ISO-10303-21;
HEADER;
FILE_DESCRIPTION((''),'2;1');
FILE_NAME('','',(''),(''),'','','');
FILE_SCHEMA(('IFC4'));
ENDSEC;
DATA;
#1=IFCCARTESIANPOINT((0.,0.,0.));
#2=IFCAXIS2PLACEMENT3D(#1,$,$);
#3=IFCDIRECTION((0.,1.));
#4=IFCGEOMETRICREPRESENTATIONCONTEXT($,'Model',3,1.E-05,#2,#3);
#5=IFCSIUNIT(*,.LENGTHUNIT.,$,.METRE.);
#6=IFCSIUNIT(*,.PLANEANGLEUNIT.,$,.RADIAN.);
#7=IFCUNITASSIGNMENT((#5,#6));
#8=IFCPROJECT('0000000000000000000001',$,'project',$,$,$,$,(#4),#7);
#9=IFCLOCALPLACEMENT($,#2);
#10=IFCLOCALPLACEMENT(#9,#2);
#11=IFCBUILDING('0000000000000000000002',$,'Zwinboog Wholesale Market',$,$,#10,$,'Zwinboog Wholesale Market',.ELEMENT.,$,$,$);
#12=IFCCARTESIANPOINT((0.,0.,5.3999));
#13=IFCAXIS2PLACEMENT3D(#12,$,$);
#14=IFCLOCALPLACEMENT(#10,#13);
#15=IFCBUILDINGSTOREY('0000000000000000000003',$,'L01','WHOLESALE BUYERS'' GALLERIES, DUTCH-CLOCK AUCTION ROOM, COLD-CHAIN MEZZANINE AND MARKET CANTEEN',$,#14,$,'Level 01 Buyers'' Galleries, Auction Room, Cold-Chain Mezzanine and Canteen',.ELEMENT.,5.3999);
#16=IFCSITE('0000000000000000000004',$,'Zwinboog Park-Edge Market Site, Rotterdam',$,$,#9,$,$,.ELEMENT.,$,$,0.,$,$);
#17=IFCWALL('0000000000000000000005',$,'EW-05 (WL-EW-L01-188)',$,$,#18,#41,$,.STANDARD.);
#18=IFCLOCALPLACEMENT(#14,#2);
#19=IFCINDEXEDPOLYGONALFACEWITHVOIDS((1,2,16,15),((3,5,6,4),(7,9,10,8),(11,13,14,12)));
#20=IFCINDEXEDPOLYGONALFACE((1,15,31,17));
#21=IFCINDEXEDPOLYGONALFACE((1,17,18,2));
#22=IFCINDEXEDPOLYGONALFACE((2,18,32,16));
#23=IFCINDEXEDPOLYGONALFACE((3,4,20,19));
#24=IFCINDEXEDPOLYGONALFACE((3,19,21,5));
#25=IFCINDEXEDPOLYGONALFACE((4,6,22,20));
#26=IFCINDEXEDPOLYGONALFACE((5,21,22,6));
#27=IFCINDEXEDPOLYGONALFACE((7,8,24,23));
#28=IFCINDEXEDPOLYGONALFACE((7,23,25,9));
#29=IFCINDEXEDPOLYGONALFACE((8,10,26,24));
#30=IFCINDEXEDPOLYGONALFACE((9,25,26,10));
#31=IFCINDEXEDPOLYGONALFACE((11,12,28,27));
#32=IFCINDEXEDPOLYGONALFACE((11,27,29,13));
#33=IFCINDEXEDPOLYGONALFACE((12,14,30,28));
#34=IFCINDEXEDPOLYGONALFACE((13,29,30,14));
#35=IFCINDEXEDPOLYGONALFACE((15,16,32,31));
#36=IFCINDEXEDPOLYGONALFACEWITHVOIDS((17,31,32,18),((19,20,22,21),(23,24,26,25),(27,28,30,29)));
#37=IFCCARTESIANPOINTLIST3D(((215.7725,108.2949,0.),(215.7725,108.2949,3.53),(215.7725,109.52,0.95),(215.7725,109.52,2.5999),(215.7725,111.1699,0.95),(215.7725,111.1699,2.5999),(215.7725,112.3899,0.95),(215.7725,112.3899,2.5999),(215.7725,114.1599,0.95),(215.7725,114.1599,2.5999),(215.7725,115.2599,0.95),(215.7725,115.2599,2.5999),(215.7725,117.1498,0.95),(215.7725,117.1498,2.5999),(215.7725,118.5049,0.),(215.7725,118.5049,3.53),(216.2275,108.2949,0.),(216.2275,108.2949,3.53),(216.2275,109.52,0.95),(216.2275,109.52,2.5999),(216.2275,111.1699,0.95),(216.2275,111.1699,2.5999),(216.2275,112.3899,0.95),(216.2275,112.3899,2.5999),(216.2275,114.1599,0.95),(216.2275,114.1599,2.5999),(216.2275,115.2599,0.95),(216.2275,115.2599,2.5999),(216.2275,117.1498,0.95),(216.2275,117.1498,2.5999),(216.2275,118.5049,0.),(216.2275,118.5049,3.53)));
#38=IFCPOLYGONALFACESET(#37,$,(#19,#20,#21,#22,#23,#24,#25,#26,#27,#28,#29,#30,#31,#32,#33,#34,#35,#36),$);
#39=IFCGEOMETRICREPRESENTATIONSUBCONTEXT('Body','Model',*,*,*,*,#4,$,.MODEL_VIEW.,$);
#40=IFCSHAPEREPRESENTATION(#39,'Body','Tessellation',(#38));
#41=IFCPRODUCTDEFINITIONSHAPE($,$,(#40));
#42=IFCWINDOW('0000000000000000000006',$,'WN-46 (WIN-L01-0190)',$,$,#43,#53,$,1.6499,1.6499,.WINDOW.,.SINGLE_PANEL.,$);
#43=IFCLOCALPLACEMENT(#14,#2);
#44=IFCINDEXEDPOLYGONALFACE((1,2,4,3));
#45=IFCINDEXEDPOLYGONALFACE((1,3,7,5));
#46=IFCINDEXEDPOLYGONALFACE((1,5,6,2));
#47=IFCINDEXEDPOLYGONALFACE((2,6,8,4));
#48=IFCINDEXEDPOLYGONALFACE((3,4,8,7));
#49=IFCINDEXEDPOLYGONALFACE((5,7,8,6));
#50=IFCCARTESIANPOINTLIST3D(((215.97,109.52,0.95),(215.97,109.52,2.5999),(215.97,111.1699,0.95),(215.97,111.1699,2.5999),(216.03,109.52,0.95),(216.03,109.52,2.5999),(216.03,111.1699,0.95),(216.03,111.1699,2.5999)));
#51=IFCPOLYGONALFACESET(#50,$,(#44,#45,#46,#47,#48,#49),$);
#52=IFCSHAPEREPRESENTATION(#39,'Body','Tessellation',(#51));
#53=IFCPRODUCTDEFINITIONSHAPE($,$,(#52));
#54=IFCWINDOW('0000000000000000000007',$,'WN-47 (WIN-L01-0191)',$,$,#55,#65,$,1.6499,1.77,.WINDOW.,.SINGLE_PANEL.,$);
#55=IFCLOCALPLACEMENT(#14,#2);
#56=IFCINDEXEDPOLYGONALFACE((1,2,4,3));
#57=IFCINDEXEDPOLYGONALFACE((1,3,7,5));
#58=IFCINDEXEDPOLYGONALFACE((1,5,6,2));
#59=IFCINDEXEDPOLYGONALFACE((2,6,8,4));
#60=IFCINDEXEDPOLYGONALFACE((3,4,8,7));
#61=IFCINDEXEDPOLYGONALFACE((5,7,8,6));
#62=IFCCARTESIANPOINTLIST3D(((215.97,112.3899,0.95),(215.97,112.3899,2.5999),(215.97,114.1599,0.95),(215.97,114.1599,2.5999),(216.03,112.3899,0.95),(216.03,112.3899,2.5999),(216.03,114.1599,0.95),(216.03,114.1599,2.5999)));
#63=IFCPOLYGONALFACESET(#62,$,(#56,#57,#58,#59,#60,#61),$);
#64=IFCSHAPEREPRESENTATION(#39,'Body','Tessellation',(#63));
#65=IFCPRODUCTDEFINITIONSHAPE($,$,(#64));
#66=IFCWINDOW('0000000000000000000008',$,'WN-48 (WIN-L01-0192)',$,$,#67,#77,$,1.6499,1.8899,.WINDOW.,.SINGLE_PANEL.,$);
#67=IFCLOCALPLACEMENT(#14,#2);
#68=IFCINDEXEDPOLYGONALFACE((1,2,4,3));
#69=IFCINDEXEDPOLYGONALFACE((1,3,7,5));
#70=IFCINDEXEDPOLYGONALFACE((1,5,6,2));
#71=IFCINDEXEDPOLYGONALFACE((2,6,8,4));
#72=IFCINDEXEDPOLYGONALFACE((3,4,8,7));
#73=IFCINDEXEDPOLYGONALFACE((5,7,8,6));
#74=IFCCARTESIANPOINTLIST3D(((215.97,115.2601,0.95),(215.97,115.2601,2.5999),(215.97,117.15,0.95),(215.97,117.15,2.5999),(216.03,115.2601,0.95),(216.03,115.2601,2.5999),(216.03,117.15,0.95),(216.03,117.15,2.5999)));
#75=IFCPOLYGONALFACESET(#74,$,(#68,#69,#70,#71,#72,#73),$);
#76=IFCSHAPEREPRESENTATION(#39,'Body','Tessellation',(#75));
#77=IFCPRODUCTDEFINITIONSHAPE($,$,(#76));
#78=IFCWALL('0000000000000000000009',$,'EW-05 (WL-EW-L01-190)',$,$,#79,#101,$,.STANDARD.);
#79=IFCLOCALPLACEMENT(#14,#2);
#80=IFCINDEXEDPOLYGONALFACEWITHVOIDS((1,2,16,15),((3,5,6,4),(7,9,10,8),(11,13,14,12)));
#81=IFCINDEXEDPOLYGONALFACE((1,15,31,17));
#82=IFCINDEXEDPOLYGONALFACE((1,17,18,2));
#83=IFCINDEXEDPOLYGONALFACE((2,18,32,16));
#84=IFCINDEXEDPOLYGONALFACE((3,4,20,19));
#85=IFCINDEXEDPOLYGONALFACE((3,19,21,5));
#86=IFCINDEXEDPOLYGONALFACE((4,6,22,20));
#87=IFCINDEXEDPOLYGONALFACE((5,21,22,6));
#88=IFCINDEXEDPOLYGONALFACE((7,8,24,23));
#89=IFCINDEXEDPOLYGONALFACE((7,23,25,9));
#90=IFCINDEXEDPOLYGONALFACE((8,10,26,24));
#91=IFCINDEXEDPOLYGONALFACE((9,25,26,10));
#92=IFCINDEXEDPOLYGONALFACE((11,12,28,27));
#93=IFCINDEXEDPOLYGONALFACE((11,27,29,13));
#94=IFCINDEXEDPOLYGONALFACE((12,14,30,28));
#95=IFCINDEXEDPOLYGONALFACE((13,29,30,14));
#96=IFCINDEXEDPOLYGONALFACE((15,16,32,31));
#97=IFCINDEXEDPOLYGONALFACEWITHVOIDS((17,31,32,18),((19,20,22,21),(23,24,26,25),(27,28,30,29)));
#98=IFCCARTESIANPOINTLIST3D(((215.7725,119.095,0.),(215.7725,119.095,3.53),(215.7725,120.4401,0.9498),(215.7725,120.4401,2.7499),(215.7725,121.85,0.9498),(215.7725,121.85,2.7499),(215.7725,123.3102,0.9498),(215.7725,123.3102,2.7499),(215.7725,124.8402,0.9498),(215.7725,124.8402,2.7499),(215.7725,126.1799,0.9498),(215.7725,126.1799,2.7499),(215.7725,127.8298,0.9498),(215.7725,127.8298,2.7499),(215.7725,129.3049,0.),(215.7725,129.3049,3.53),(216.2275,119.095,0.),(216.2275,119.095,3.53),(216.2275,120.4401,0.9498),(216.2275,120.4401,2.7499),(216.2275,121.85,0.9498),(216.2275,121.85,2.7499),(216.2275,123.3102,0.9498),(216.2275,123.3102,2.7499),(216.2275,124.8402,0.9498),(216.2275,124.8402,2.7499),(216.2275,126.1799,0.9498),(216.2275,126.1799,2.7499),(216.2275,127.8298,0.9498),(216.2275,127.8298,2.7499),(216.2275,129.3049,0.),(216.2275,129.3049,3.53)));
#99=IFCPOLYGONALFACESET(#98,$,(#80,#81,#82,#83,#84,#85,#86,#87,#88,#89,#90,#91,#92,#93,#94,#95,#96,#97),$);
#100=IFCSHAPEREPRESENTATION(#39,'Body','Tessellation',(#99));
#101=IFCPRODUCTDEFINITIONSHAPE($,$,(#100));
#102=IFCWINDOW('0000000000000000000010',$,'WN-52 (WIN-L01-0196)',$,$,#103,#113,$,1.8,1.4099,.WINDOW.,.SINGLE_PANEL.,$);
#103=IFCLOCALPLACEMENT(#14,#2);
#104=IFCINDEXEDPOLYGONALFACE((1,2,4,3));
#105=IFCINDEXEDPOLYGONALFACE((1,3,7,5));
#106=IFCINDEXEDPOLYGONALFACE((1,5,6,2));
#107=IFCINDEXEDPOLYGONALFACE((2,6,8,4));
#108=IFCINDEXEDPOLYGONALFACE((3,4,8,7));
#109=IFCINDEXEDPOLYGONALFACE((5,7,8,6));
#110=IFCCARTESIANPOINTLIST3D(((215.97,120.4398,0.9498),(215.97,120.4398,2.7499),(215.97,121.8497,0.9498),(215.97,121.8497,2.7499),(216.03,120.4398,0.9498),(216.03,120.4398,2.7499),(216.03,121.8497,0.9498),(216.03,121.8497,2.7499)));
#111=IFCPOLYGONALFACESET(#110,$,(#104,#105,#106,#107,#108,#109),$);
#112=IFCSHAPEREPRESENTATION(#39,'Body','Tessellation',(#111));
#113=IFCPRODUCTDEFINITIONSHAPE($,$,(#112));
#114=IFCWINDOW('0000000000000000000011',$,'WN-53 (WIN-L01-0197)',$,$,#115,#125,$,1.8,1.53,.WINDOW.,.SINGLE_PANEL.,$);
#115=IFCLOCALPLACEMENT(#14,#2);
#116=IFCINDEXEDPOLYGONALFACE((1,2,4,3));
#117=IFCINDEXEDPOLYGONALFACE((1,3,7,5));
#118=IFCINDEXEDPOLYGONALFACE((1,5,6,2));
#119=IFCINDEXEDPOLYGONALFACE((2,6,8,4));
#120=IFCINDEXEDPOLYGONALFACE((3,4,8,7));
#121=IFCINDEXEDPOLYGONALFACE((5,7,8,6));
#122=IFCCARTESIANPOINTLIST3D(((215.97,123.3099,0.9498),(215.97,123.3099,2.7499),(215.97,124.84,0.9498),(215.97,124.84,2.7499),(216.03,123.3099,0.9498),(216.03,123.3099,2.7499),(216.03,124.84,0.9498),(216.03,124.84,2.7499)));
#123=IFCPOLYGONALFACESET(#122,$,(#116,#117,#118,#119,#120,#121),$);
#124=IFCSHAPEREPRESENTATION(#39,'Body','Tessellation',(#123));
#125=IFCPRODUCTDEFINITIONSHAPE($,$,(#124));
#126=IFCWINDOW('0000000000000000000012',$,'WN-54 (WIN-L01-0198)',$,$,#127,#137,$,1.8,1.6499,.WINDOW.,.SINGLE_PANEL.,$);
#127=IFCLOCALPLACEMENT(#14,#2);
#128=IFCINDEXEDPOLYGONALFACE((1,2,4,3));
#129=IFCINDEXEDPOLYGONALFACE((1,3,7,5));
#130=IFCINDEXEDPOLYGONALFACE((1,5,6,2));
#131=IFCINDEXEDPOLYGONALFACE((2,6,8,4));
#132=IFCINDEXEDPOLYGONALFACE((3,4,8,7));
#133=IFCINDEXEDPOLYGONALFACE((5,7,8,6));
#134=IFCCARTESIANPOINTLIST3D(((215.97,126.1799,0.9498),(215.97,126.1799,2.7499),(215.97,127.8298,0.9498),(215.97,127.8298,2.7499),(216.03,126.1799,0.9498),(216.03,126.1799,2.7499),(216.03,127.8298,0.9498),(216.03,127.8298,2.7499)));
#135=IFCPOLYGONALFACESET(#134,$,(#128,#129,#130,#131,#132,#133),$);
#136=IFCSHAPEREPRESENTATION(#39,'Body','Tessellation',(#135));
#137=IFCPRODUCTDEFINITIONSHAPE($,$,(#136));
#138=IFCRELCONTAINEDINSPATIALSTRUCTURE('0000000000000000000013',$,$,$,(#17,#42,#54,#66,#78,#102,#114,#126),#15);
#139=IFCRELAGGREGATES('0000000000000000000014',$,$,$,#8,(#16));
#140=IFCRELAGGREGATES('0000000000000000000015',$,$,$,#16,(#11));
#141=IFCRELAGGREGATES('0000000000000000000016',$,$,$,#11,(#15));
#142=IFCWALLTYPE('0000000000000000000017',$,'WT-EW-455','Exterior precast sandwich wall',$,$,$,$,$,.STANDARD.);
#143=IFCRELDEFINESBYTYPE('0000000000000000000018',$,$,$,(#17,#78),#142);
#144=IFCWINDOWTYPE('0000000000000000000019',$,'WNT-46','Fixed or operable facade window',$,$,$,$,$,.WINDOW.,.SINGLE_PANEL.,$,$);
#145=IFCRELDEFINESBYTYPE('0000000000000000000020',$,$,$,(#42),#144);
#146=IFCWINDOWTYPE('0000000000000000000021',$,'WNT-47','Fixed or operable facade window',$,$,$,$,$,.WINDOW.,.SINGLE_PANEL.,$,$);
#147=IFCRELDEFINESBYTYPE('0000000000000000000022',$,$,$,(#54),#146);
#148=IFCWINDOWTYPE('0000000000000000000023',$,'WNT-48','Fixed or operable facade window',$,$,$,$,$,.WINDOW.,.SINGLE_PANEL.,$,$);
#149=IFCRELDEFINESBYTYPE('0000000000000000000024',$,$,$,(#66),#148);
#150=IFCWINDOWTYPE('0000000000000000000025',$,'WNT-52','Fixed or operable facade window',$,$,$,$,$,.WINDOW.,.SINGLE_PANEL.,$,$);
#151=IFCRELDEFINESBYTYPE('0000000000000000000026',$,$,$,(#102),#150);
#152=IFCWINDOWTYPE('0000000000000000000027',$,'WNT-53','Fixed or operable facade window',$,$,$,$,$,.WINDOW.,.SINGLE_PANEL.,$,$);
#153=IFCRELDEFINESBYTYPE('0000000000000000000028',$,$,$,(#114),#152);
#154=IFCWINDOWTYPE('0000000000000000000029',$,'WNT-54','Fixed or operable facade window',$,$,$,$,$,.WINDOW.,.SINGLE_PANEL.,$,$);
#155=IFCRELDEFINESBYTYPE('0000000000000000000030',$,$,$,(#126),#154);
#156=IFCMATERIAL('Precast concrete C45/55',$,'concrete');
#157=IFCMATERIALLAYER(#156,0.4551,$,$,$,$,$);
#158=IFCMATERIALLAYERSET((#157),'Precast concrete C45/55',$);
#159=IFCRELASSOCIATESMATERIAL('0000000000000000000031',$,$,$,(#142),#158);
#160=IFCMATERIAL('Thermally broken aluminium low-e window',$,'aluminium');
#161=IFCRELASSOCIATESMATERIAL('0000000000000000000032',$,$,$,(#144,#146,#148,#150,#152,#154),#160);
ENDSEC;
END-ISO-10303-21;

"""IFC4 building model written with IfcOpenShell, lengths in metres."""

from ifc_helpers import new_model, si_unit, direction, frame, frame_2d, origin, place, context, subcontext, project, spatial, rectangle, extrude, material, layer, layer_set, type_object, element, fill, save


model = new_model("IFC4")

# Units and contexts
model_context = context("Model", 3, precision=1e-05, world=origin(), true_north=direction((0.0, 1.0)))
body_context = subcontext(model_context, "Body", "Model", "MODEL_VIEW")
ifc_project = project(units=[si_unit("LENGTHUNIT", "METRE"), si_unit("PLANEANGLEUNIT", "RADIAN")], contexts=[model_context])

# Site, building, storey
site_placement = place(None, origin())
site = spatial("IfcSite", under=ifc_project, at=site_placement, Name="Zwinboog Park-Edge Market Site, Rotterdam", CompositionType="ELEMENT", RefElevation=0.0)
building_placement = place(site_placement, origin())
building = spatial("IfcBuilding", under=site, at=building_placement, Name="Zwinboog Wholesale Market", LongName="Zwinboog Wholesale Market", CompositionType="ELEMENT")
storey_placement = place(building_placement, frame((0.0, 0.0, 5.3999)))
storey = spatial("IfcBuildingStorey", under=building, at=storey_placement, Name="L01", Description="WHOLESALE BUYERS' GALLERIES, DUTCH-CLOCK AUCTION ROOM, COLD-CHAIN MEZZANINE AND MARKET CANTEEN", LongName="Level 01 Buyers' Galleries, Auction Room, Cold-Chain Mezzanine and Canteen", CompositionType="ELEMENT", Elevation=5.3999)

# Shared definitions
ifc_material_1 = material(Name="Precast concrete C45/55", Category="concrete")

# Walls, openings, windows
ifc_layer_1 = layer(ifc_material_1, 0.4551)
ifc_layer_set_1 = layer_set([ifc_layer_1], Name="Precast concrete C45/55")
wall_type_1 = type_object("IfcWallType", Name="WT-EW-455", Description="Exterior precast sandwich wall", PredefinedType="STANDARD", material=ifc_layer_set_1)
wall_1_placement = place(storey_placement, frame((216.0, 108.2949, 0.0), z_axis=(0.0, 0.0, 1.0), x_axis=(0.0, 1.0, 0.0)))
wall_1 = element("IfcWall", 1, at=wall_1_placement, inside=storey, type_object=wall_type_1, Name="EW-05 (WL-EW-L01-188)", PredefinedType="STANDARD", context=body_context, shape_type="SweptSolid", body=[
    extrude(rectangle(XDim=10.21, YDim=0.4551, at=frame_2d((5.105, 0.0))), origin(), (0.0, 0.0, 1.0), 3.53),
])
opening_1_placement = place(wall_1_placement, frame((1.2251, 0.0, 0.95)))
opening_1 = element("IfcOpeningElement", 2, at=opening_1_placement, cuts=wall_1, PredefinedType="OPENING", context=body_context, shape_type="SweptSolid", body=[
    extrude(rectangle(XDim=1.6499, YDim=1.6499, at=frame_2d((0.825, 0.825))), frame((0.0, 0.2375, 0.0), z_axis=(0.0, -1.0, 0.0), x_axis=(1.0, 0.0, 0.0)), (0.0, 0.0, 1.0), 0.4751),
])
opening_2_placement = place(wall_1_placement, frame((4.095, 0.0, 0.95)))
opening_2 = element("IfcOpeningElement", 3, at=opening_2_placement, cuts=wall_1, PredefinedType="OPENING", context=body_context, shape_type="SweptSolid", body=[
    extrude(rectangle(XDim=1.77, YDim=1.6499, at=frame_2d((0.885, 0.825))), frame((0.0, 0.2375, 0.0), z_axis=(0.0, -1.0, 0.0), x_axis=(1.0, 0.0, 0.0)), (0.0, 0.0, 1.0), 0.4751),
])
opening_3_placement = place(wall_1_placement, frame((6.9651, 0.0, 0.95)))
opening_3 = element("IfcOpeningElement", 4, at=opening_3_placement, cuts=wall_1, PredefinedType="OPENING", context=body_context, shape_type="SweptSolid", body=[
    extrude(rectangle(XDim=1.8899, YDim=1.6499, at=frame_2d((0.9448, 0.825))), frame((0.0, 0.2375, 0.0), z_axis=(0.0, -1.0, 0.0), x_axis=(1.0, 0.0, 0.0)), (0.0, 0.0, 1.0), 0.4751),
])
ifc_material_2 = material(Name="Thermally broken aluminium low-e window", Category="aluminium")
window_type_1 = type_object("IfcWindowType", Name="WNT-46", Description="Fixed or operable facade window", PartitioningType="SINGLE_PANEL", PredefinedType="WINDOW", material=ifc_material_2)
window_1_placement = place(opening_1_placement, frame((1.6499, 0.0, 0.0), z_axis=(0.0, 0.0, 1.0), x_axis=(-1.0, 0.0, 0.0)))
window_1 = element("IfcWindow", 5, at=window_1_placement, inside=storey, type_object=window_type_1, Name="WN-46 (WIN-L01-0190)", OverallHeight=1.6499, OverallWidth=1.6499, PartitioningType="SINGLE_PANEL", PredefinedType="WINDOW", context=body_context, shape_type="SweptSolid", body=[
    extrude(rectangle(XDim=1.6499, YDim=1.6499, at=frame_2d((0.825, 0.825))), frame((0.0, 0.03, 0.0), z_axis=(0.0, -1.0, 0.0), x_axis=(1.0, 0.0, 0.0)), (0.0, 0.0, 1.0), 0.0601),
])
fill(opening_1, window_1)
window_type_2 = type_object("IfcWindowType", Name="WNT-47", Description="Fixed or operable facade window", PartitioningType="SINGLE_PANEL", PredefinedType="WINDOW", material=ifc_material_2)
window_2_placement = place(opening_2_placement, frame((1.77, 0.0, 0.0), z_axis=(0.0, 0.0, 1.0), x_axis=(-1.0, 0.0, 0.0)))
window_2 = element("IfcWindow", 6, at=window_2_placement, inside=storey, type_object=window_type_2, Name="WN-47 (WIN-L01-0191)", OverallHeight=1.6499, OverallWidth=1.77, PartitioningType="SINGLE_PANEL", PredefinedType="WINDOW", context=body_context, shape_type="SweptSolid", body=[
    extrude(rectangle(XDim=1.77, YDim=1.6499, at=frame_2d((0.885, 0.825))), frame((0.0, 0.03, 0.0), z_axis=(0.0, -1.0, 0.0), x_axis=(1.0, 0.0, 0.0)), (0.0, 0.0, 1.0), 0.0601),
])
fill(opening_2, window_2)
window_type_3 = type_object("IfcWindowType", Name="WNT-48", Description="Fixed or operable facade window", PartitioningType="SINGLE_PANEL", PredefinedType="WINDOW", material=ifc_material_2)
window_3_placement = place(opening_3_placement, frame((1.8899, 0.0, 0.0), z_axis=(0.0, 0.0, 1.0), x_axis=(-1.0, 0.0, 0.0)))
window_3 = element("IfcWindow", 7, at=window_3_placement, inside=storey, type_object=window_type_3, Name="WN-48 (WIN-L01-0192)", OverallHeight=1.6499, OverallWidth=1.8899, PartitioningType="SINGLE_PANEL", PredefinedType="WINDOW", context=body_context, shape_type="SweptSolid", body=[
    extrude(rectangle(XDim=1.8899, YDim=1.6499, at=frame_2d((0.9448, 0.825))), frame((0.0, 0.03, 0.0), z_axis=(0.0, -1.0, 0.0), x_axis=(1.0, 0.0, 0.0)), (0.0, 0.0, 1.0), 0.0601),
])
fill(opening_3, window_3)
wall_2_placement = place(storey_placement, frame((216.0, 119.095, 0.0), z_axis=(0.0, 0.0, 1.0), x_axis=(0.0, 1.0, 0.0)))
wall_2 = element("IfcWall", 8, at=wall_2_placement, inside=storey, type_object=wall_type_1, Name="EW-05 (WL-EW-L01-190)", PredefinedType="STANDARD", context=body_context, shape_type="SweptSolid", body=[
    extrude(rectangle(XDim=10.21, YDim=0.4551, at=frame_2d((5.105, 0.0))), origin(), (0.0, 0.0, 1.0), 3.53),
])
opening_4_placement = place(wall_2_placement, frame((1.345, 0.0, 0.95)))
opening_4 = element("IfcOpeningElement", 9, at=opening_4_placement, cuts=wall_2, PredefinedType="OPENING", context=body_context, shape_type="SweptSolid", body=[
    extrude(rectangle(XDim=1.4099, YDim=1.8, at=frame_2d((0.7051, 0.8999))), frame((0.0, 0.2375, 0.0), z_axis=(0.0, -1.0, 0.0), x_axis=(1.0, 0.0, 0.0)), (0.0, 0.0, 1.0), 0.4751),
])
opening_5_placement = place(wall_2_placement, frame((4.2151, 0.0, 0.95)))
opening_5 = element("IfcOpeningElement", 10, at=opening_5_placement, cuts=wall_2, PredefinedType="OPENING", context=body_context, shape_type="SweptSolid", body=[
    extrude(rectangle(XDim=1.53, YDim=1.8, at=frame_2d((0.7651, 0.8999))), frame((0.0, 0.2375, 0.0), z_axis=(0.0, -1.0, 0.0), x_axis=(1.0, 0.0, 0.0)), (0.0, 0.0, 1.0), 0.4751),
])
opening_6_placement = place(wall_2_placement, frame((7.085, 0.0, 0.95)))
opening_6 = element("IfcOpeningElement", 11, at=opening_6_placement, cuts=wall_2, PredefinedType="OPENING", context=body_context, shape_type="SweptSolid", body=[
    extrude(rectangle(XDim=1.6499, YDim=1.8, at=frame_2d((0.825, 0.8999))), frame((0.0, 0.2375, 0.0), z_axis=(0.0, -1.0, 0.0), x_axis=(1.0, 0.0, 0.0)), (0.0, 0.0, 1.0), 0.4751),
])
window_type_4 = type_object("IfcWindowType", Name="WNT-52", Description="Fixed or operable facade window", PartitioningType="SINGLE_PANEL", PredefinedType="WINDOW", material=ifc_material_2)
window_4_placement = place(opening_4_placement, frame((1.4099, 0.0, 0.0), z_axis=(0.0, 0.0, 1.0), x_axis=(-1.0, 0.0, 0.0)))
window_4 = element("IfcWindow", 12, at=window_4_placement, inside=storey, type_object=window_type_4, Name="WN-52 (WIN-L01-0196)", OverallHeight=1.8, OverallWidth=1.4099, PartitioningType="SINGLE_PANEL", PredefinedType="WINDOW", context=body_context, shape_type="SweptSolid", body=[
    extrude(rectangle(XDim=1.4099, YDim=1.8, at=frame_2d((0.7051, 0.8999))), frame((0.0, 0.03, 0.0), z_axis=(0.0, -1.0, 0.0), x_axis=(1.0, 0.0, 0.0)), (0.0, 0.0, 1.0), 0.0601),
])
fill(opening_4, window_4)
window_type_5 = type_object("IfcWindowType", Name="WNT-53", Description="Fixed or operable facade window", PartitioningType="SINGLE_PANEL", PredefinedType="WINDOW", material=ifc_material_2)
window_5_placement = place(opening_5_placement, frame((1.53, 0.0, 0.0), z_axis=(0.0, 0.0, 1.0), x_axis=(-1.0, 0.0, 0.0)))
window_5 = element("IfcWindow", 13, at=window_5_placement, inside=storey, type_object=window_type_5, Name="WN-53 (WIN-L01-0197)", OverallHeight=1.8, OverallWidth=1.53, PartitioningType="SINGLE_PANEL", PredefinedType="WINDOW", context=body_context, shape_type="SweptSolid", body=[
    extrude(rectangle(XDim=1.53, YDim=1.8, at=frame_2d((0.7651, 0.8999))), frame((0.0, 0.03, 0.0), z_axis=(0.0, -1.0, 0.0), x_axis=(1.0, 0.0, 0.0)), (0.0, 0.0, 1.0), 0.0601),
])
fill(opening_5, window_5)
window_type_6 = type_object("IfcWindowType", Name="WNT-54", Description="Fixed or operable facade window", PartitioningType="SINGLE_PANEL", PredefinedType="WINDOW", material=ifc_material_2)
window_6_placement = place(opening_6_placement, frame((1.6499, 0.0, 0.0), z_axis=(0.0, 0.0, 1.0), x_axis=(-1.0, 0.0, 0.0)))
window_6 = element("IfcWindow", 14, at=window_6_placement, inside=storey, type_object=window_type_6, Name="WN-54 (WIN-L01-0198)", OverallHeight=1.8, OverallWidth=1.6499, PartitioningType="SINGLE_PANEL", PredefinedType="WINDOW", context=body_context, shape_type="SweptSolid", body=[
    extrude(rectangle(XDim=1.6499, YDim=1.8, at=frame_2d((0.825, 0.8999))), frame((0.0, 0.03, 0.0), z_axis=(0.0, -1.0, 0.0), x_axis=(1.0, 0.0, 0.0)), (0.0, 0.0, 1.0), 0.0601),
])
fill(opening_6, window_6)

save(model, "model.ifc")
